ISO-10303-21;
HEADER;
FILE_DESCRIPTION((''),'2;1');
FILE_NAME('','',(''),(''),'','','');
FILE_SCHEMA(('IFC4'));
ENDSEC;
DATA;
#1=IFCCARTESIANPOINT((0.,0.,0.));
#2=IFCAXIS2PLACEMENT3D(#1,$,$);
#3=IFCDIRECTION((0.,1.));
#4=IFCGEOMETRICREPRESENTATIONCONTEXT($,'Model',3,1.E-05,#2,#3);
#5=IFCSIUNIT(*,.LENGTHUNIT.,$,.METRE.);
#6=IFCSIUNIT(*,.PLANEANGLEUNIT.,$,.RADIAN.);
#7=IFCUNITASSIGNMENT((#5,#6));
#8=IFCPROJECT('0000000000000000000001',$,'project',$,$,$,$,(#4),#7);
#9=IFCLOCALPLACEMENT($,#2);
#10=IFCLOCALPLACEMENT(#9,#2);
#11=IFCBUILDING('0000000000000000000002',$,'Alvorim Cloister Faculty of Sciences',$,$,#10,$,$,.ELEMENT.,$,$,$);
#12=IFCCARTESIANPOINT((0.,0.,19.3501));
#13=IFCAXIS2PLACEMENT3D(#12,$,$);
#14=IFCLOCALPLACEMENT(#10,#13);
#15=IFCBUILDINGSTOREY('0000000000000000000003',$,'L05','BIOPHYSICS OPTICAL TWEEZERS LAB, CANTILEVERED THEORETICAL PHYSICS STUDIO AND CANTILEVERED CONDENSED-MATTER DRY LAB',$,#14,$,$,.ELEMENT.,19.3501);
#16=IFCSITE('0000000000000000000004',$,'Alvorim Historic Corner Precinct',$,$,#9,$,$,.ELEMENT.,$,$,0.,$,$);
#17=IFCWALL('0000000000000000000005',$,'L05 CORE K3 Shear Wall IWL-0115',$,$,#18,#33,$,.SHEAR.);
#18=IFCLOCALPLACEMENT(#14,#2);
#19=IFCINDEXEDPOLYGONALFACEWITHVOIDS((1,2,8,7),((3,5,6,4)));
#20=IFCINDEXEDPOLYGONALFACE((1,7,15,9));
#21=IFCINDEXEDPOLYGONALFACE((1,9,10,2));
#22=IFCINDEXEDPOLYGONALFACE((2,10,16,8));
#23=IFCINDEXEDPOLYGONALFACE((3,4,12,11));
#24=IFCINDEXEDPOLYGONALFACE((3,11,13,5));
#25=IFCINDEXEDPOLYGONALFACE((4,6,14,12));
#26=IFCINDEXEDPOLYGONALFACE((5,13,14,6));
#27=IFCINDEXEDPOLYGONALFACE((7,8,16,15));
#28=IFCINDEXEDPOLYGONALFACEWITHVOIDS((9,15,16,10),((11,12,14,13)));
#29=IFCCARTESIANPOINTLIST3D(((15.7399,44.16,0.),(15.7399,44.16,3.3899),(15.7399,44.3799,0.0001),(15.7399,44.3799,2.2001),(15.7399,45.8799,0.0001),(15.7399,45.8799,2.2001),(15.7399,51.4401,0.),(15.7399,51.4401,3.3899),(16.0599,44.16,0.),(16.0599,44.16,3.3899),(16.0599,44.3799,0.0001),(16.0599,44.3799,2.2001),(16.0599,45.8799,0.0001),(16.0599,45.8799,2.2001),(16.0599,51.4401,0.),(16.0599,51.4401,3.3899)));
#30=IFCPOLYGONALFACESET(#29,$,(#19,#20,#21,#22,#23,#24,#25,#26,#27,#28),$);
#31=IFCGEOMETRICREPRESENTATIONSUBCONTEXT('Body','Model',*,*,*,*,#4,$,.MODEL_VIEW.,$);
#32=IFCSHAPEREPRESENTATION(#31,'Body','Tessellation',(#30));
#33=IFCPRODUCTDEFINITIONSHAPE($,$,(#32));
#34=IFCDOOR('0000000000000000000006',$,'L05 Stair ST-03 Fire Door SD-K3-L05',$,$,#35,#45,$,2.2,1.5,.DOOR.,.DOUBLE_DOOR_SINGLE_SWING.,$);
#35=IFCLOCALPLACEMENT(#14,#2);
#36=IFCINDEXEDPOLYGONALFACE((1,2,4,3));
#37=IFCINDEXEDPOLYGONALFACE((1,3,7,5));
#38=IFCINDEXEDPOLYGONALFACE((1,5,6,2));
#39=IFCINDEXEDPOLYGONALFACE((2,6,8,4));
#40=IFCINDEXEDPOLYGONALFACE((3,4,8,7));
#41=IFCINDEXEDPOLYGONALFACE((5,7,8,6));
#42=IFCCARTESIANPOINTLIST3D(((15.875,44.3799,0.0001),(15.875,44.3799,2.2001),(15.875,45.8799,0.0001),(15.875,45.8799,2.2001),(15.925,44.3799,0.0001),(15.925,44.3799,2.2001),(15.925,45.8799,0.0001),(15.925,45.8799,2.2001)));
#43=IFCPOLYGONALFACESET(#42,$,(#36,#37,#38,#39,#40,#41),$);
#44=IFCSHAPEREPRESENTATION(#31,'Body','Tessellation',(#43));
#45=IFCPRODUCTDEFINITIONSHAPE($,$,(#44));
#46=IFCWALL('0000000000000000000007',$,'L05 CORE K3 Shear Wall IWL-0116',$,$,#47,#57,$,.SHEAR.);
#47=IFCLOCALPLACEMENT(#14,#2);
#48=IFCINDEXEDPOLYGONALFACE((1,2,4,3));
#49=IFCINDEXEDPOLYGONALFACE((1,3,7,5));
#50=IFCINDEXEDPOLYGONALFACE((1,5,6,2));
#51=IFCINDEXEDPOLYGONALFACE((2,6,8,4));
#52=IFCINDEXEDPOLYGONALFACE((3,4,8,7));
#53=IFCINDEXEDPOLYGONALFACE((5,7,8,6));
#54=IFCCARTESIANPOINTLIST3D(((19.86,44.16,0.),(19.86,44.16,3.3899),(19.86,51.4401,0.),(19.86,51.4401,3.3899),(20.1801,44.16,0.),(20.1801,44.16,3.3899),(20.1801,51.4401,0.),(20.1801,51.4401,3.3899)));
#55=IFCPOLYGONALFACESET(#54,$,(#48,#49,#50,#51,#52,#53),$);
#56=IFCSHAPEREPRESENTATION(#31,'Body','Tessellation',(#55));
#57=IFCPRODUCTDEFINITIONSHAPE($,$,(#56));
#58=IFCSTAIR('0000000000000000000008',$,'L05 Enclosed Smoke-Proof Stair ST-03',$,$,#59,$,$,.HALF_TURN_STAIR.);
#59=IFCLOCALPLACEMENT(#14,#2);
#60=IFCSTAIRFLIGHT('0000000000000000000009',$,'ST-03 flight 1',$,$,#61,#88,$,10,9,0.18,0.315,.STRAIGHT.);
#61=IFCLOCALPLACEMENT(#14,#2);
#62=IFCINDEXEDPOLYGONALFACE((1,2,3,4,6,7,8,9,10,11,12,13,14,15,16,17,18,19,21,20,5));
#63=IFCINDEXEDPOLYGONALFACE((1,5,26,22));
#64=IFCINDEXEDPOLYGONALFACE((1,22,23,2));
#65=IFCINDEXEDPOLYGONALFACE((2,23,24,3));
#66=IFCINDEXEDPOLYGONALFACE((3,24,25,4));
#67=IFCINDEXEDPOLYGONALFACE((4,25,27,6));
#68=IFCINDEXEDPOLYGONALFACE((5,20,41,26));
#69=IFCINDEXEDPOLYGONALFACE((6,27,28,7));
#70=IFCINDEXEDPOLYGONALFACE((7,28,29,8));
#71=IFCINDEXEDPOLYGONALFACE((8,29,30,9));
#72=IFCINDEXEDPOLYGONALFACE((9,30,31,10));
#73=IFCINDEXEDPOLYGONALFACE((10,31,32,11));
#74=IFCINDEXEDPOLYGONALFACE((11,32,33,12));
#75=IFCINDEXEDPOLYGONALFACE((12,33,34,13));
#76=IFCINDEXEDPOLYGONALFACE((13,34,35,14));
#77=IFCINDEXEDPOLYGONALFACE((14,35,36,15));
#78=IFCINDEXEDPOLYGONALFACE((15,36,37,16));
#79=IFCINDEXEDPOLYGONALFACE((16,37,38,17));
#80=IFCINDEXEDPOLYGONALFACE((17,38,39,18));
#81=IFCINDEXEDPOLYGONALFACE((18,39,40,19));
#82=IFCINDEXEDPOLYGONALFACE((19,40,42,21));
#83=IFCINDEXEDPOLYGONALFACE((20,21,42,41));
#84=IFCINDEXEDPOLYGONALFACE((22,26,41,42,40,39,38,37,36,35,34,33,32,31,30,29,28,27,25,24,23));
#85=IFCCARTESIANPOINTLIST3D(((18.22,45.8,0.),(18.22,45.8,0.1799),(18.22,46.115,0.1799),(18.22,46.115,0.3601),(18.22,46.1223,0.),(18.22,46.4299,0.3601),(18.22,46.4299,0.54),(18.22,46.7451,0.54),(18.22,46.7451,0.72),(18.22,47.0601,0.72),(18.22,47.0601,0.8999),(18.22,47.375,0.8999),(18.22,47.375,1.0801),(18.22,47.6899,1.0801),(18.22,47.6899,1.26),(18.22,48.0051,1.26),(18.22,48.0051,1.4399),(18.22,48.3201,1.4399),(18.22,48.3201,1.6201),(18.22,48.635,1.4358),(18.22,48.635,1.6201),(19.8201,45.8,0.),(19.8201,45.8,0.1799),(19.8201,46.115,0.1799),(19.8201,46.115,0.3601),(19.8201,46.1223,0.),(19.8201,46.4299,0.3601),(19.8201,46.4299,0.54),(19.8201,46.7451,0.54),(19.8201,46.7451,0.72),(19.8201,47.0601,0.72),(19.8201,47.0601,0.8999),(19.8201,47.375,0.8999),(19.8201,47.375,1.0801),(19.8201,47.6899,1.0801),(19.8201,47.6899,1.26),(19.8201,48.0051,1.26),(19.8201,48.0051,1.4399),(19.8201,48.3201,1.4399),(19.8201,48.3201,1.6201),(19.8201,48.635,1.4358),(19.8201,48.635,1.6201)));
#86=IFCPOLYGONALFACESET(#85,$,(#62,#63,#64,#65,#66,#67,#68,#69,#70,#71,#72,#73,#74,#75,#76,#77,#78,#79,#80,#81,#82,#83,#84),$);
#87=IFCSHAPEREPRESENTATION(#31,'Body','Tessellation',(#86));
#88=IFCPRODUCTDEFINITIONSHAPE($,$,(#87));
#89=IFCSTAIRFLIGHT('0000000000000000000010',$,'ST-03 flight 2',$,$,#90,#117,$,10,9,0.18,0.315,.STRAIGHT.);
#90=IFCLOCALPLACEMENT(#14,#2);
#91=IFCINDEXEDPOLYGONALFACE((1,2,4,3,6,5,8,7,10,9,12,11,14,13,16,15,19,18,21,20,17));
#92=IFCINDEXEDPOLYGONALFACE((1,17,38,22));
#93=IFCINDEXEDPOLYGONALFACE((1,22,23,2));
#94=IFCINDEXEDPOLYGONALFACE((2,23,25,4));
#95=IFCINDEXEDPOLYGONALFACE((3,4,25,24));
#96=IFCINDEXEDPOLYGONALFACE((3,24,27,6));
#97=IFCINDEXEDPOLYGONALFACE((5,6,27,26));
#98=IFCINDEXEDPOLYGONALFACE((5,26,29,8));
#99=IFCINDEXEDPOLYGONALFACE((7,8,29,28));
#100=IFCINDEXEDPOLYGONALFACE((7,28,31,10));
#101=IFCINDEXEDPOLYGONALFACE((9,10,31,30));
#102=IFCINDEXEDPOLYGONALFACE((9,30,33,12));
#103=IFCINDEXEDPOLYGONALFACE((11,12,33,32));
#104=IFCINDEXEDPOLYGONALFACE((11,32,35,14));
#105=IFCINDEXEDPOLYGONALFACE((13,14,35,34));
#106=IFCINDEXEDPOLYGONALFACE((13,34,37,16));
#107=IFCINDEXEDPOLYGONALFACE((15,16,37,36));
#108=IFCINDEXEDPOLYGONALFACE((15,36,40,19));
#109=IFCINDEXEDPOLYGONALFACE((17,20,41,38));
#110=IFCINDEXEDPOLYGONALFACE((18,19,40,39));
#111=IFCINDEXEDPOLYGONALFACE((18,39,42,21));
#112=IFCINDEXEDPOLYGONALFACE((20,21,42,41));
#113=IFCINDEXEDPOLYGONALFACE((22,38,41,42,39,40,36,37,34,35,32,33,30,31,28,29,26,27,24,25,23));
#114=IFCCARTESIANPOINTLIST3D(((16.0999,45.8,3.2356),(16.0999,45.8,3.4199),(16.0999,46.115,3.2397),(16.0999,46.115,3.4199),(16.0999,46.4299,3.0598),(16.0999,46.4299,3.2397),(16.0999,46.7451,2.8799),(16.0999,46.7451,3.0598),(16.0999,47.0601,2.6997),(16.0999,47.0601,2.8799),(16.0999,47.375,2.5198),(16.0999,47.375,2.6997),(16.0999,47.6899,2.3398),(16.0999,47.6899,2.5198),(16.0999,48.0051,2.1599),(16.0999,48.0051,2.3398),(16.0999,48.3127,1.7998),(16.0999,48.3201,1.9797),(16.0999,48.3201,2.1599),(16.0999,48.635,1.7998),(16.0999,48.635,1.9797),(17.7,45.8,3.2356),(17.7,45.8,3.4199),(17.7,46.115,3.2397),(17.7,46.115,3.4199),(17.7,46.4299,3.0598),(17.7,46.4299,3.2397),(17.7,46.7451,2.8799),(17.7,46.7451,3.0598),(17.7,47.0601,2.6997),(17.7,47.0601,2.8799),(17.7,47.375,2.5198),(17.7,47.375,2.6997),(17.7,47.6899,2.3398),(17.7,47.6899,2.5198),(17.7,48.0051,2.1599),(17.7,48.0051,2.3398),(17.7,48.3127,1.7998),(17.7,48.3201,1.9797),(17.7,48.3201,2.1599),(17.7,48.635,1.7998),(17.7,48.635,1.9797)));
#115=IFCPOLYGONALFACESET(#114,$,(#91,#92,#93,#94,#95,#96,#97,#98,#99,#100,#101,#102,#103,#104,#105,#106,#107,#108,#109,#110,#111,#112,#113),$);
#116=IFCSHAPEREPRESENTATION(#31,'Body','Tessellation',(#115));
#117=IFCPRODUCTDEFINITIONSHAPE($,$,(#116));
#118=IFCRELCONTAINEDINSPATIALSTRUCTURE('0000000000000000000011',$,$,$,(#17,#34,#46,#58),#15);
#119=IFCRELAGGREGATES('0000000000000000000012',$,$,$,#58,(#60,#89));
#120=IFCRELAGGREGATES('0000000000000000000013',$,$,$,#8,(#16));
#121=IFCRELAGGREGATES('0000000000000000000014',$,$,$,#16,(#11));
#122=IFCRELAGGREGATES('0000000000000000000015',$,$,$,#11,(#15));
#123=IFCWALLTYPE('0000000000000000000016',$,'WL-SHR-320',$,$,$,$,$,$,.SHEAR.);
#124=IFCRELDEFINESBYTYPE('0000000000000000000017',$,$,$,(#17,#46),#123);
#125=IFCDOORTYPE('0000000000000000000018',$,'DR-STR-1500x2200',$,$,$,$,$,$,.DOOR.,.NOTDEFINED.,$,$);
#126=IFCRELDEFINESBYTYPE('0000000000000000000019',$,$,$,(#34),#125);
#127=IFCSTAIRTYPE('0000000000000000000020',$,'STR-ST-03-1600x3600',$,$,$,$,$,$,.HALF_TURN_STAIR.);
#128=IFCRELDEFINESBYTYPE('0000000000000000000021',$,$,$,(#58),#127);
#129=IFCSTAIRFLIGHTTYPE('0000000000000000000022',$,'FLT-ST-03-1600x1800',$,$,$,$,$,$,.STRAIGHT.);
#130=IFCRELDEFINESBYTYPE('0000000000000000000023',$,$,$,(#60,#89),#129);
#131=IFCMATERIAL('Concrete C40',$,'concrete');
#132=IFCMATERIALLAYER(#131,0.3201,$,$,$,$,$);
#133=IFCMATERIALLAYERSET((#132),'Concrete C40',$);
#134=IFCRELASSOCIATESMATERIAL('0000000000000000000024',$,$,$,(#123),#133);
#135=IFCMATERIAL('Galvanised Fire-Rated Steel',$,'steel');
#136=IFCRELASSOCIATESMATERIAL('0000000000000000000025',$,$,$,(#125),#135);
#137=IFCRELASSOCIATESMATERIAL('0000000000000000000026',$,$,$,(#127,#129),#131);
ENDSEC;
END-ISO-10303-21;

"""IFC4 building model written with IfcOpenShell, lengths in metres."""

from ifc_helpers import new_model, si_unit, direction, frame, frame_2d, origin, place, context, subcontext, project, spatial, polyline, rectangle, outline, extrude, material, layer, layer_set, type_object, element, fill, aggregate, save


model = new_model("IFC4")

# Units and contexts
model_context = context("Model", 3, precision=1e-05, world=origin(), true_north=direction((0.0, 1.0)))
body_context = subcontext(model_context, "Body", "Model", "MODEL_VIEW")
ifc_project = project(units=[si_unit("LENGTHUNIT", "METRE"), si_unit("PLANEANGLEUNIT", "RADIAN")], contexts=[model_context])

# Site, building, storey
site_placement = place(None, origin())
site = spatial("IfcSite", under=ifc_project, at=site_placement, Name="Alvorim Historic Corner Precinct", CompositionType="ELEMENT", RefElevation=0.0)
building_placement = place(site_placement, origin())
building = spatial("IfcBuilding", under=site, at=building_placement, Name="Alvorim Cloister Faculty of Sciences", CompositionType="ELEMENT")
storey_placement = place(building_placement, frame((0.0, 0.0, 19.3501)))
storey = spatial("IfcBuildingStorey", under=building, at=storey_placement, Name="L05", Description="BIOPHYSICS OPTICAL TWEEZERS LAB, CANTILEVERED THEORETICAL PHYSICS STUDIO AND CANTILEVERED CONDENSED-MATTER DRY LAB", CompositionType="ELEMENT", Elevation=19.3501)

# Shared definitions
ifc_material_1 = material(Name="Concrete C40", Category="concrete")

# Shared definitions
ifc_layer_1 = layer(ifc_material_1, 0.3201)
ifc_layer_set_1 = layer_set([ifc_layer_1], Name="Concrete C40")
wall_type_1 = type_object("IfcWallType", Name="WL-SHR-320", PredefinedType="SHEAR", material=ifc_layer_set_1)

# Wall, opening, door
wall_1_placement = place(storey_placement, frame((15.8999, 44.1599, 0.0), z_axis=(0.0, 0.0, 1.0), x_axis=(0.0, 1.0, 0.0)))
wall_1 = element("IfcWall", 1, at=wall_1_placement, inside=storey, type_object=wall_type_1, Name="L05 CORE K3 Shear Wall IWL-0115", PredefinedType="SHEAR", context=body_context, shape_type="SweptSolid", body=[
    extrude(rectangle(XDim=7.28, YDim=0.3201, at=frame_2d((3.6401, 0.0))), origin(), (0.0, 0.0, 1.0), 3.3899),
])
opening_1_placement = place(wall_1_placement, frame((0.22, 0.0, 0.0)))
opening_1 = element("IfcOpeningElement", 2, at=opening_1_placement, cuts=wall_1, PredefinedType="OPENING", context=body_context, shape_type="SweptSolid", body=[
    extrude(rectangle(XDim=1.5, YDim=2.2, at=frame_2d((0.75, 1.1001))), frame((0.0, 0.1719, 0.0), z_axis=(0.0, -1.0, 0.0), x_axis=(1.0, 0.0, 0.0)), (0.0, 0.0, 1.0), 0.344),
])
ifc_material_2 = material(Name="Galvanised Fire-Rated Steel", Category="steel")
door_type_1 = type_object("IfcDoorType", Name="DR-STR-1500x2200", OperationType="NOTDEFINED", PredefinedType="DOOR", material=ifc_material_2)
door_1_placement = place(opening_1_placement, origin())
door_1 = element("IfcDoor", 3, at=door_1_placement, inside=storey, type_object=door_type_1, Name="L05 Stair ST-03 Fire Door SD-K3-L05", OperationType="DOUBLE_DOOR_SINGLE_SWING", OverallHeight=2.2, OverallWidth=1.5, PredefinedType="DOOR", context=body_context, shape_type="SweptSolid", body=[
    extrude(rectangle(XDim=1.5, YDim=2.2, at=frame_2d((0.75, 1.1001))), frame((0.0, 0.0249, 0.0), z_axis=(0.0, -1.0, 0.0), x_axis=(1.0, 0.0, 0.0)), (0.0, 0.0, 1.0), 0.05),
])
fill(opening_1, door_1)

# Wall
wall_2_placement = place(storey_placement, frame((20.02, 44.1599, 0.0), z_axis=(0.0, 0.0, 1.0), x_axis=(0.0, 1.0, 0.0)))
element("IfcWall", 4, at=wall_2_placement, inside=storey, type_object=wall_type_1, Name="L05 CORE K3 Shear Wall IWL-0116", PredefinedType="SHEAR", context=body_context, shape_type="SweptSolid", body=[
    extrude(rectangle(XDim=7.28, YDim=0.3201, at=frame_2d((3.6401, 0.0))), origin(), (0.0, 0.0, 1.0), 3.3899),
])

# Stair, stair flights
stair_type = type_object("IfcStairType", Name="STR-ST-03-1600x3600", PredefinedType="HALF_TURN_STAIR", material=ifc_material_1)
stair_placement = place(storey_placement, origin())
stair = element("IfcStair", 5, at=stair_placement, inside=storey, type_object=stair_type, Name="L05 Enclosed Smoke-Proof Stair ST-03", PredefinedType="HALF_TURN_STAIR")
stair_flight_type = type_object("IfcStairFlightType", Name="FLT-ST-03-1600x1800", PredefinedType="STRAIGHT", material=ifc_material_1)
stair_flight_1_placement = place(storey_placement, frame((19.02, 45.8, 0.0), z_axis=(0.0, 0.0, 1.0), x_axis=(0.0, 1.0, 0.0)))
stair_flight_1 = element("IfcStairFlight", 6, at=stair_flight_1_placement, type_object=stair_flight_type, Name="ST-03 flight 1", NumberOfRisers=10, NumberOfTreads=9, PredefinedType="STRAIGHT", RiserHeight=0.18, TreadLength=0.315, context=body_context, shape_type="SweptSolid", body=[
    extrude(outline(polyline([(0.3223, 0.0), (2.835, 1.4358), (2.835, 1.8), (2.835, 1.6201), (2.52, 1.6201), (2.52, 1.4399), (2.2051, 1.4399), (2.2051, 1.26), (1.8899, 1.26), (1.8899, 1.0801), (1.575, 1.0801), (1.575, 0.8999), (1.26, 0.8999), (1.26, 0.72), (0.9451, 0.72), (0.9451, 0.54), (0.6299, 0.54), (0.6299, 0.3601), (0.3149, 0.3601), (0.3149, 0.1799), (0.0, 0.1799), (0.0, 0.0), (0.3223, 0.0)])), frame((0.0, 0.8, 0.0), z_axis=(0.0, -1.0, 0.0), x_axis=(1.0, 0.0, 0.0)), (0.0, 0.0, 1.0), 1.6001),
])
stair_flight_2_placement = place(storey_placement, frame((16.8999, 48.635, 1.7998), z_axis=(0.0, 0.0, 1.0), x_axis=(0.0, -1.0, 0.0)))
stair_flight_2 = element("IfcStairFlight", 7, at=stair_flight_2_placement, type_object=stair_flight_type, Name="ST-03 flight 2", NumberOfRisers=10, NumberOfTreads=9, PredefinedType="STRAIGHT", RiserHeight=0.18, TreadLength=0.315, context=body_context, shape_type="SweptSolid", body=[
    extrude(outline(polyline([(0.3223, 0.0), (2.835, 1.4358), (2.835, 1.8), (2.835, 1.6201), (2.52, 1.6201), (2.52, 1.4399), (2.2051, 1.4399), (2.2051, 1.26), (1.8899, 1.26), (1.8899, 1.0801), (1.575, 1.0801), (1.575, 0.8999), (1.26, 0.8999), (1.26, 0.72), (0.9451, 0.72), (0.9451, 0.54), (0.6299, 0.54), (0.6299, 0.3601), (0.3149, 0.3601), (0.3149, 0.1799), (0.0, 0.1799), (0.0, 0.0), (0.3223, 0.0)])), frame((0.0, 0.8, 0.0), z_axis=(0.0, -1.0, 0.0), x_axis=(1.0, 0.0, 0.0)), (0.0, 0.0, 1.0), 1.6001),
])
aggregate(stair, [stair_flight_1, stair_flight_2])

save(model, "model.ifc")
